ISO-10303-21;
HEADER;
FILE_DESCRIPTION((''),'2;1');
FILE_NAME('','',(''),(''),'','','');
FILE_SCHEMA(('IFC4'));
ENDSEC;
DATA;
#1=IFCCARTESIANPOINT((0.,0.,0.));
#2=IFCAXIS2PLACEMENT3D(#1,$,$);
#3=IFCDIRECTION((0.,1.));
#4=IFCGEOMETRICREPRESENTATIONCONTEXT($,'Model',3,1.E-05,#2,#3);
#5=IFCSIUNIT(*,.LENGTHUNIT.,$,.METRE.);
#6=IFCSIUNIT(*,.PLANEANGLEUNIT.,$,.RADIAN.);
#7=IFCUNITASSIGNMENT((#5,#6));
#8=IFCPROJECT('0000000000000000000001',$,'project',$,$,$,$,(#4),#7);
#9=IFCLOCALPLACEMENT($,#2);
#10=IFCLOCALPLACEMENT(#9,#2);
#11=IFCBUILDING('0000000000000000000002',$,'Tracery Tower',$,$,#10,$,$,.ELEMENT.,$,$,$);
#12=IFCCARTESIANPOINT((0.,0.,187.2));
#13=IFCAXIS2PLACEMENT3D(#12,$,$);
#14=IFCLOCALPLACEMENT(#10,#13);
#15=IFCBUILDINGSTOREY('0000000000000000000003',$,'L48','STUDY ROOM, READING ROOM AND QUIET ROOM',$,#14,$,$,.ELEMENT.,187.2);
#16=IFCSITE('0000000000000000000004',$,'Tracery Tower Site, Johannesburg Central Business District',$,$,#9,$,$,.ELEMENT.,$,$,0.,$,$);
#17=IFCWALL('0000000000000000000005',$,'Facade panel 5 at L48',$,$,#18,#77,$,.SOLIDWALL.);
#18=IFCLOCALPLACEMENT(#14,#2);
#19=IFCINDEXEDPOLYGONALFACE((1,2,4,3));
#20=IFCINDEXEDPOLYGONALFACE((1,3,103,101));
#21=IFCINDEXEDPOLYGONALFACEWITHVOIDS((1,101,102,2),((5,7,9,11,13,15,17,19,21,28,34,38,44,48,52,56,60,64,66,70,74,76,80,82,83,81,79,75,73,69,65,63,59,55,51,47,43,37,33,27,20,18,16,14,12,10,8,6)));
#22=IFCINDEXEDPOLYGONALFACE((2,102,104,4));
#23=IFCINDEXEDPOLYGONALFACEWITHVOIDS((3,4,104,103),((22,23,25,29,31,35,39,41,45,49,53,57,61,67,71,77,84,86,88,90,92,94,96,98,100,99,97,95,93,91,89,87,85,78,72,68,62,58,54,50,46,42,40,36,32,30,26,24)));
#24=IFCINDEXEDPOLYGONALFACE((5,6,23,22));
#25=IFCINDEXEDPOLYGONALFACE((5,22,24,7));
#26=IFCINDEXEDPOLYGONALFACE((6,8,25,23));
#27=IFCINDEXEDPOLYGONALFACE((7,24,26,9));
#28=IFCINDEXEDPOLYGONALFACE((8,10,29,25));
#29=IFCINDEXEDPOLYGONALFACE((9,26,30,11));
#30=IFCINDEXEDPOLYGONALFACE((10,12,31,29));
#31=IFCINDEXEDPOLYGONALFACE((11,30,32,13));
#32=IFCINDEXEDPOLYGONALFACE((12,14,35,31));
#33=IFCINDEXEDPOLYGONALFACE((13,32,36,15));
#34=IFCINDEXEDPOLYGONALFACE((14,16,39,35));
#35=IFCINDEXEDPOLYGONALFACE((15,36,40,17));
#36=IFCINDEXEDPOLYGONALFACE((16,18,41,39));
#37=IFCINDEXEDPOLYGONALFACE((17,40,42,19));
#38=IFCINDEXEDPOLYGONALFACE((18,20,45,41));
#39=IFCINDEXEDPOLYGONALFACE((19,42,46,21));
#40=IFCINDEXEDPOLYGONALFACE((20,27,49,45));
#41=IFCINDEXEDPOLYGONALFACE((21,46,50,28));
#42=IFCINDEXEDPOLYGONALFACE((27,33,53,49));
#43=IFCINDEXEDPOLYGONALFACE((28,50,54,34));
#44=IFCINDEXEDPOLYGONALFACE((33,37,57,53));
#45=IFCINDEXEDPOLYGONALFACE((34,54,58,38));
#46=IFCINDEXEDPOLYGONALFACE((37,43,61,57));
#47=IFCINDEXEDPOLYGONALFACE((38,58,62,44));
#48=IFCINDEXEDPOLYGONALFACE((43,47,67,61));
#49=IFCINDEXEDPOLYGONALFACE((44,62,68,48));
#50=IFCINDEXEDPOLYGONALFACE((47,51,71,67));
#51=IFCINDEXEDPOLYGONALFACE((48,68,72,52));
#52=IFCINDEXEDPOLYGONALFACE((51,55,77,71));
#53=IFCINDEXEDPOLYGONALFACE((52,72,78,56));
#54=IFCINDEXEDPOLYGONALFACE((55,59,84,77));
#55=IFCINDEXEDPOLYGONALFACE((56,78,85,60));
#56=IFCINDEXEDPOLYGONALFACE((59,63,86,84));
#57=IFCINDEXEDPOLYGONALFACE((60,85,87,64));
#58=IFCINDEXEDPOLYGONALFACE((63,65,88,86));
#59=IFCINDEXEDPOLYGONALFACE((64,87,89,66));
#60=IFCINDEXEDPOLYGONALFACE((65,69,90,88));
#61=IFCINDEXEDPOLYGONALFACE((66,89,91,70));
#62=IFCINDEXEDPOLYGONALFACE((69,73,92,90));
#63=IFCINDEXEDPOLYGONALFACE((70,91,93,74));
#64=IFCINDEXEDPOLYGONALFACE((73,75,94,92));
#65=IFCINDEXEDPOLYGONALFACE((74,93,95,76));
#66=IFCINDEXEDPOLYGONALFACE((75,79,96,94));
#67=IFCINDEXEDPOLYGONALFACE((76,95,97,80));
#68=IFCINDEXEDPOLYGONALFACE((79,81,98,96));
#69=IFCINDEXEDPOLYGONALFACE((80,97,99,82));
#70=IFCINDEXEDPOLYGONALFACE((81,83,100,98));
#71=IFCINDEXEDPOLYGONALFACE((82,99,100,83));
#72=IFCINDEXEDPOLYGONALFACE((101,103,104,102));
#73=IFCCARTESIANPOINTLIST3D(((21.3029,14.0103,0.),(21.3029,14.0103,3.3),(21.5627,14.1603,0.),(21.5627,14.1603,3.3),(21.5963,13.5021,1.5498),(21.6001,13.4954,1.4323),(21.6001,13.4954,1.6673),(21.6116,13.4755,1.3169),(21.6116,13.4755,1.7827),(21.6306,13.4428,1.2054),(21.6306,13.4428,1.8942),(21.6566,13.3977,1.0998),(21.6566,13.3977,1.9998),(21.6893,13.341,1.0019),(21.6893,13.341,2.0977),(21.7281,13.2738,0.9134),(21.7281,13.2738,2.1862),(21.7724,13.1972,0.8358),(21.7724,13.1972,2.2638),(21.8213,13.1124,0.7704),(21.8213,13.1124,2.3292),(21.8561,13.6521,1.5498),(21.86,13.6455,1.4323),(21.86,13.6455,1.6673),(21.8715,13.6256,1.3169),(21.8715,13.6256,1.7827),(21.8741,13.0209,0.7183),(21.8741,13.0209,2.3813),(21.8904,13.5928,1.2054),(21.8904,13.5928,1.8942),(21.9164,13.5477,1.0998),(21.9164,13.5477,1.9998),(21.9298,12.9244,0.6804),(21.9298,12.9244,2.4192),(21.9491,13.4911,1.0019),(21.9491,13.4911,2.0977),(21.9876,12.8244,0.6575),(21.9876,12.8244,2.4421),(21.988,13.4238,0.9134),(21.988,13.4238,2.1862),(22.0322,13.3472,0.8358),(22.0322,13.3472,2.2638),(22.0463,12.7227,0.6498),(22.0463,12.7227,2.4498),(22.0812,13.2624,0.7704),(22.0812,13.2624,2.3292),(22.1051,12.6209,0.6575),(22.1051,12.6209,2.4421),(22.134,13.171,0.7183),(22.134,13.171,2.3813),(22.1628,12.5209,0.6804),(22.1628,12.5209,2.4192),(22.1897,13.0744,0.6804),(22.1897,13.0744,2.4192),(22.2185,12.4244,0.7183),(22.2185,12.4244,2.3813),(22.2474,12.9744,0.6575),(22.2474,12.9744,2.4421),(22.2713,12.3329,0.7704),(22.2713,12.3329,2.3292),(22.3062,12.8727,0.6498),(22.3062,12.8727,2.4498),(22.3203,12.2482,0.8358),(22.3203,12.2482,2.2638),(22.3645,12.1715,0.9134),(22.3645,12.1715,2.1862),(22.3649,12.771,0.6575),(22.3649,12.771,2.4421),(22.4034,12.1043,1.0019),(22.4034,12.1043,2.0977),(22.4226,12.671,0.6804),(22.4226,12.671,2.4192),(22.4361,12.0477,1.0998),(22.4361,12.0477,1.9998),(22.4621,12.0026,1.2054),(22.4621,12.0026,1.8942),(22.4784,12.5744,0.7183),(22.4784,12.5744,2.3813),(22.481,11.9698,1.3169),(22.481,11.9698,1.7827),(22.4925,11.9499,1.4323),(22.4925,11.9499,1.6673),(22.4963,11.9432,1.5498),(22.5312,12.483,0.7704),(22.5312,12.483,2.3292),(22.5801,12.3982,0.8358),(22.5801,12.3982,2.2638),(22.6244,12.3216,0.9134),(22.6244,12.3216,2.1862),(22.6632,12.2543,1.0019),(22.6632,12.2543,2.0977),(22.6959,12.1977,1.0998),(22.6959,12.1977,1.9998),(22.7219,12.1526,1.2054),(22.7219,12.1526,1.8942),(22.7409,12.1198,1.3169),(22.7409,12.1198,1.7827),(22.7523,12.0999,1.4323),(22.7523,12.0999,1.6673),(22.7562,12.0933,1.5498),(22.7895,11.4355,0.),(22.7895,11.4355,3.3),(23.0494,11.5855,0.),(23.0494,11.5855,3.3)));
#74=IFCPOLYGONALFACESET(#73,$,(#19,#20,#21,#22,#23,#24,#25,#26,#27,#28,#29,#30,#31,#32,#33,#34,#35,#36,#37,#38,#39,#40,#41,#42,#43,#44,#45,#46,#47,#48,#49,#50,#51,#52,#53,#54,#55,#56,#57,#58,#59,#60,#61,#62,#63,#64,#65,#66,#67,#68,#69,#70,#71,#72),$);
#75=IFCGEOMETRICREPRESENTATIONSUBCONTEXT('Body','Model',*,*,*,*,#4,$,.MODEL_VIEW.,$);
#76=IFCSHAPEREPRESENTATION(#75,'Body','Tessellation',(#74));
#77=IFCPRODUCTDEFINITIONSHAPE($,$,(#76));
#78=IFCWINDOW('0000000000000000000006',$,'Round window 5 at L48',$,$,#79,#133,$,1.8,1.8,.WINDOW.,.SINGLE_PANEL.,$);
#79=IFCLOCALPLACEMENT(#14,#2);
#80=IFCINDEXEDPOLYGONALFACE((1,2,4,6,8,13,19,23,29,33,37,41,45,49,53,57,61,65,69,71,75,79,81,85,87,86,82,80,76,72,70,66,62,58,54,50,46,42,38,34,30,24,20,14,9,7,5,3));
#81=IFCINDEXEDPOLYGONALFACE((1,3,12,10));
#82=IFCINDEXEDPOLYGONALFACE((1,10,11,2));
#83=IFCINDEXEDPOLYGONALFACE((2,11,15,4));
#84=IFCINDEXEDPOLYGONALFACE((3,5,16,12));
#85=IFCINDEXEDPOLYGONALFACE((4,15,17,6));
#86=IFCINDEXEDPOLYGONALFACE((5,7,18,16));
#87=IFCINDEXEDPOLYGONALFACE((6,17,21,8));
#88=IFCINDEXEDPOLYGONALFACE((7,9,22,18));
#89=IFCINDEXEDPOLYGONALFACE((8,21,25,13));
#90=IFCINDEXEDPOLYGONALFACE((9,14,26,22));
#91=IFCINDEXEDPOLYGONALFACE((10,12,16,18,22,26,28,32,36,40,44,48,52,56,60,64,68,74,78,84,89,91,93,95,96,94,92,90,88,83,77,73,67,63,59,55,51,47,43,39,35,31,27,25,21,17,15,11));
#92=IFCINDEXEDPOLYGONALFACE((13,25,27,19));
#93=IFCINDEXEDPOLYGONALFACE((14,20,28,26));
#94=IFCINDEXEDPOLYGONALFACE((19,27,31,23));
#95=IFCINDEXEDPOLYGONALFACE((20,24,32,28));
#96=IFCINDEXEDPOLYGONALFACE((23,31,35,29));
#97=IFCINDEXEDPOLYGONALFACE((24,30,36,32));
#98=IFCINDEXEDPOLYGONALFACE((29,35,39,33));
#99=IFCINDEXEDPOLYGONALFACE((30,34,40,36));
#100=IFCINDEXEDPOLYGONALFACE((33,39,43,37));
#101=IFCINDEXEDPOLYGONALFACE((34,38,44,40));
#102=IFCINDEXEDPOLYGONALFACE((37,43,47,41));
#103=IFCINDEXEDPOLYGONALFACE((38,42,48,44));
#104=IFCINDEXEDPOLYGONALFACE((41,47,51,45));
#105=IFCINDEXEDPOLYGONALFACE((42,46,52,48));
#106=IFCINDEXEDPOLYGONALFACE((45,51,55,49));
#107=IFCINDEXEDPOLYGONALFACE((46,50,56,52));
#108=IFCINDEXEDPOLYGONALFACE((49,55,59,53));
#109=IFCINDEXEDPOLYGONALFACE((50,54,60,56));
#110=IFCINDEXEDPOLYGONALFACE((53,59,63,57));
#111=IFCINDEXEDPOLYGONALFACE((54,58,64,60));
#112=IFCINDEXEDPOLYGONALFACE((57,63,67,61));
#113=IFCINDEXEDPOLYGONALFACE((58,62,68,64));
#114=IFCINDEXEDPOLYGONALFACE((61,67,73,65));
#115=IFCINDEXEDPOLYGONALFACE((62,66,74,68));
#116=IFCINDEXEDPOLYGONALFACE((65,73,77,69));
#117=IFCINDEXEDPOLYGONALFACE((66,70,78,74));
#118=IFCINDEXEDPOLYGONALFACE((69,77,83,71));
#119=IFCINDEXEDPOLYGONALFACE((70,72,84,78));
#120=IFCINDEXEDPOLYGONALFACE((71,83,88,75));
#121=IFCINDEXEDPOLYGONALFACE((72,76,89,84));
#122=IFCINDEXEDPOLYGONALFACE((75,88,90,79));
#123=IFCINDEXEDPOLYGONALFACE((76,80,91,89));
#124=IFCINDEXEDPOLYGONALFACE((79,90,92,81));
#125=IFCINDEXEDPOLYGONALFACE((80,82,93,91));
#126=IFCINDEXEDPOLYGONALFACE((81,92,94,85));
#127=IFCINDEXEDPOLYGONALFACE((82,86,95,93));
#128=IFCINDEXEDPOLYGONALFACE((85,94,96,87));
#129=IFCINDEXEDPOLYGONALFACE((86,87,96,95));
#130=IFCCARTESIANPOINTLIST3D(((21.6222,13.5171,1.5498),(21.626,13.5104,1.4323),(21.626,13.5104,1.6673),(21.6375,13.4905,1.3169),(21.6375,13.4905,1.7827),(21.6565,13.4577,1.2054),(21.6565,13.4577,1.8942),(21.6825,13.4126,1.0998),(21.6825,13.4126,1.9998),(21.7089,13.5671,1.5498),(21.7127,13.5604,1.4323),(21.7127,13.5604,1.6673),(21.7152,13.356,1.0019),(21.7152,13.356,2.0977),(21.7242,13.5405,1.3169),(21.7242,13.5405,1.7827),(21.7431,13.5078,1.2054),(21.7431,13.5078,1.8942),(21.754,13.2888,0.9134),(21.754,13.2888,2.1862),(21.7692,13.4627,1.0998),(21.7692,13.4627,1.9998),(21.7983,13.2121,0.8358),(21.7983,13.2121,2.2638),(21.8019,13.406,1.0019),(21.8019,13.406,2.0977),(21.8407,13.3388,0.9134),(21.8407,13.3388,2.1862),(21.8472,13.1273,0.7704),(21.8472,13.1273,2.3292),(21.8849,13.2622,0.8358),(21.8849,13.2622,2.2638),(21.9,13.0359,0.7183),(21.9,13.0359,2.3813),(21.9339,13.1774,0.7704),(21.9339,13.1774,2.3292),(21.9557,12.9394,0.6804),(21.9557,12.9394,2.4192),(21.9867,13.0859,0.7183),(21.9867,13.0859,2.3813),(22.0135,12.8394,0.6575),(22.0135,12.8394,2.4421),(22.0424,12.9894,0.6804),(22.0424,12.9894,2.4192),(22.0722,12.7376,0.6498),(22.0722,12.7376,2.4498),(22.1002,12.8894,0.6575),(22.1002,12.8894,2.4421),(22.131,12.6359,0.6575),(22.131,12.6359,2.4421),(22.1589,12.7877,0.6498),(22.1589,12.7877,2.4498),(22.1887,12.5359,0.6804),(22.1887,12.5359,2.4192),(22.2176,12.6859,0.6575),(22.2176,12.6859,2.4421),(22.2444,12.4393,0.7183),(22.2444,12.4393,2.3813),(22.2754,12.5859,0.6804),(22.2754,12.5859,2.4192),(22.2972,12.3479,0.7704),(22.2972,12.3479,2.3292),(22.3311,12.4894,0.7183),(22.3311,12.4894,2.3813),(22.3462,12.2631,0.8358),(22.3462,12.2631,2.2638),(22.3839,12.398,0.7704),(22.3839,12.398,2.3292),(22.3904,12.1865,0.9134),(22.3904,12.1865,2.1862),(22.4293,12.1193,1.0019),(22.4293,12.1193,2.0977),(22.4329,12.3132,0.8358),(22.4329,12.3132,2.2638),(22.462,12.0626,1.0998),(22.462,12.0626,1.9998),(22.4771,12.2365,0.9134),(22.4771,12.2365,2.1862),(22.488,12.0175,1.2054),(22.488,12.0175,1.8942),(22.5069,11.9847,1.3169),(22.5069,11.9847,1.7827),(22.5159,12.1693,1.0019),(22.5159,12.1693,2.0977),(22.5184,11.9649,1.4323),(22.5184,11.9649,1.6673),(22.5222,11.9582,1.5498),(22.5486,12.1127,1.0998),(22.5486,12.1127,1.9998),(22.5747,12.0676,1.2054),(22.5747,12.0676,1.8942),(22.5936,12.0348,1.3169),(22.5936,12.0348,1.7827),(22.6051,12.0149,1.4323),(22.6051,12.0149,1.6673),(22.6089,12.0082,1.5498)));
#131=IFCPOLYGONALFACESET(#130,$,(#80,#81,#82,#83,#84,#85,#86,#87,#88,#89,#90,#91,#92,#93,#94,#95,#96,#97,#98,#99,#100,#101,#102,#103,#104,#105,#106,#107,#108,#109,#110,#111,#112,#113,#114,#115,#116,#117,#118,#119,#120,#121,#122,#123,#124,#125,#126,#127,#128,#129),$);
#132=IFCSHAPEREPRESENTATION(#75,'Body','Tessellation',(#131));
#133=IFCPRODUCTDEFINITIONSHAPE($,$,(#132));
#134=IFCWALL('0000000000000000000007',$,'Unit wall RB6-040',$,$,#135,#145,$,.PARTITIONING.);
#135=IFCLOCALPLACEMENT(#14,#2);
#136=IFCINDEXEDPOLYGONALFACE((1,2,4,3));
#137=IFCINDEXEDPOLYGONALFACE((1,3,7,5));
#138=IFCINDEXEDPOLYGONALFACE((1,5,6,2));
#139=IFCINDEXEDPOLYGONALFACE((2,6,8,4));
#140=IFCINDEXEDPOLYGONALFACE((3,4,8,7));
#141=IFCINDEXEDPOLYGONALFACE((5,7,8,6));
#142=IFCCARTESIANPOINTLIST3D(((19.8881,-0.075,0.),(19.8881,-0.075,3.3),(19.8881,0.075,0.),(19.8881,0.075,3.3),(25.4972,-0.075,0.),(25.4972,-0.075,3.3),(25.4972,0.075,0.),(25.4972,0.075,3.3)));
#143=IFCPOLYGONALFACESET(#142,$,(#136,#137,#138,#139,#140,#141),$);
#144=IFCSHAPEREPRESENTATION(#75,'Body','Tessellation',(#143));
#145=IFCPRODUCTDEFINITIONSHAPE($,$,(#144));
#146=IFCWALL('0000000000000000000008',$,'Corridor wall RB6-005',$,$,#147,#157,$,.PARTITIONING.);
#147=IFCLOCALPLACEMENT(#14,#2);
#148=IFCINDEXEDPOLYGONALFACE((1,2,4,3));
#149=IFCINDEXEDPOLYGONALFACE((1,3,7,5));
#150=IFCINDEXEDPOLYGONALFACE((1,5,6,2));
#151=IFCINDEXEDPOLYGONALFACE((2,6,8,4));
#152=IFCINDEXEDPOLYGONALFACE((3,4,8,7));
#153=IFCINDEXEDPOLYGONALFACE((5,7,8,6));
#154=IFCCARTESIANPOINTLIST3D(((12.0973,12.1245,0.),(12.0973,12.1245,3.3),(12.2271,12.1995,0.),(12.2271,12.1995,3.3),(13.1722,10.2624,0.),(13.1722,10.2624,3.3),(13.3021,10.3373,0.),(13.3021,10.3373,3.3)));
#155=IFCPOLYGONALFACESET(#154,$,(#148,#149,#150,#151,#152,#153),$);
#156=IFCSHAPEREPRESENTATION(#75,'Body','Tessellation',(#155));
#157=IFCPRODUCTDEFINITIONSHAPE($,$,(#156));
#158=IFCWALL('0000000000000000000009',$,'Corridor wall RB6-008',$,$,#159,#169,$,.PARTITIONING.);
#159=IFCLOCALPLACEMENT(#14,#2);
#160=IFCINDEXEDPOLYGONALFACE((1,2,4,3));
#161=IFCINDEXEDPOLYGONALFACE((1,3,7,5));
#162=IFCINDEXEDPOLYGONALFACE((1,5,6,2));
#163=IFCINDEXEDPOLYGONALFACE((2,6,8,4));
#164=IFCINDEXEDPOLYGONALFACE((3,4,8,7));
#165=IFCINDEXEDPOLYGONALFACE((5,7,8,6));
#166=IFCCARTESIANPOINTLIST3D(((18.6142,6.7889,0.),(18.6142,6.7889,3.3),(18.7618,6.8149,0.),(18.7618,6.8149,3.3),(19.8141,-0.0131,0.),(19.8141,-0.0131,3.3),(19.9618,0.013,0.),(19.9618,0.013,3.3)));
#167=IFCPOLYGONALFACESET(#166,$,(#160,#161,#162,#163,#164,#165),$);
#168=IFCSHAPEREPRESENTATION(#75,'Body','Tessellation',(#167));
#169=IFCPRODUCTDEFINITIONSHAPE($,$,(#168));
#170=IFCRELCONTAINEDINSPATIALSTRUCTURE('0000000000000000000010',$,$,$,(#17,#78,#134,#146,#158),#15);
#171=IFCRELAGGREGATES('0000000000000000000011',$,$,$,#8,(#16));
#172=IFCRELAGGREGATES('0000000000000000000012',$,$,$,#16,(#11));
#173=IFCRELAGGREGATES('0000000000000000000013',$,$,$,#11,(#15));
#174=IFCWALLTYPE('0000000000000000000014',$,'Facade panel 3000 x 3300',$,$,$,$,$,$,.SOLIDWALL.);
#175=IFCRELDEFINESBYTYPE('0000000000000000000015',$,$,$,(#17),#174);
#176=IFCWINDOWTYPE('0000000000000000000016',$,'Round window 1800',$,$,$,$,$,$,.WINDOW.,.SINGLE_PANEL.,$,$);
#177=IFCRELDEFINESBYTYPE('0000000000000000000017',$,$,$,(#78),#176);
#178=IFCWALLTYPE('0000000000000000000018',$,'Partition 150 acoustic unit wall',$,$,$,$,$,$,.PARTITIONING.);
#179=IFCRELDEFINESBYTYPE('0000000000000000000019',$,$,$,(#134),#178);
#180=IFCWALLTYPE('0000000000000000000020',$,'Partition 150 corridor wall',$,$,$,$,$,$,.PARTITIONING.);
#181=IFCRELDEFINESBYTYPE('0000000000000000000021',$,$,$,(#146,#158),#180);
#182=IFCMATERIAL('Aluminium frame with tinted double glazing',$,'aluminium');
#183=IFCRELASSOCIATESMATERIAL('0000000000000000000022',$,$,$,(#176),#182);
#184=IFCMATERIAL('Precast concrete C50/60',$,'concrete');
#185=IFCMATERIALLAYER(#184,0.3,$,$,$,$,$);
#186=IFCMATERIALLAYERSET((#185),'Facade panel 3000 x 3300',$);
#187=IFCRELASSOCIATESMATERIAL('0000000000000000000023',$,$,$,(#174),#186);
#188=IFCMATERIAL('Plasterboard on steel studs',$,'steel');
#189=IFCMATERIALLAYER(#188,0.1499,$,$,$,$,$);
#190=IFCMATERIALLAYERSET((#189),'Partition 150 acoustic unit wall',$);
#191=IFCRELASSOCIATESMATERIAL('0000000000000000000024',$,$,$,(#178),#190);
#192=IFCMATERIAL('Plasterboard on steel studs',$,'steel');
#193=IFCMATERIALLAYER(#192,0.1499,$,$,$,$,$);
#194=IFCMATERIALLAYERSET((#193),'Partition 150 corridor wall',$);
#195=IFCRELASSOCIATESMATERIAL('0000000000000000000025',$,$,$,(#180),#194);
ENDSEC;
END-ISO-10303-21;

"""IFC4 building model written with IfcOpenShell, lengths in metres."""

from ifc_helpers import new_model, si_unit, direction, frame, frame_2d, origin, origin_2d, place, context, subcontext, project, spatial, rectangle, circle, extrude, material, layer, layer_set, type_object, element, fill, save


model = new_model("IFC4")

# Units and contexts
model_context = context("Model", 3, precision=1e-05, world=origin(), true_north=direction((0.0, 1.0)))
body_context = subcontext(model_context, "Body", "Model", "MODEL_VIEW")
ifc_project = project(units=[si_unit("LENGTHUNIT", "METRE"), si_unit("PLANEANGLEUNIT", "RADIAN")], contexts=[model_context])

# Site, building, storey
site_placement = place(None, origin())
site = spatial("IfcSite", under=ifc_project, at=site_placement, Name="Tracery Tower Site, Johannesburg Central Business District", CompositionType="ELEMENT", RefElevation=0.0)
building_placement = place(site_placement, origin())
building = spatial("IfcBuilding", under=site, at=building_placement, Name="Tracery Tower", CompositionType="ELEMENT")
storey_placement = place(building_placement, frame((0.0, 0.0, 187.2)))
storey = spatial("IfcBuildingStorey", under=building, at=storey_placement, Name="L48", Description="STUDY ROOM, READING ROOM AND QUIET ROOM", CompositionType="ELEMENT", Elevation=187.2)

# Wall, opening, window
ifc_material_1 = material(Name="Aluminium frame with tinted double glazing", Category="aluminium")
window_type = type_object("IfcWindowType", Name="Round window 1800", PartitioningType="SINGLE_PANEL", PredefinedType="WINDOW", material=ifc_material_1)
ifc_material_2 = material(Name="Precast concrete C50/60", Category="concrete")
ifc_layer_1 = layer(ifc_material_2, 0.3)
ifc_layer_set_1 = layer_set([ifc_layer_1], Name="Facade panel 3000 x 3300")
wall_type_1 = type_object("IfcWallType", Name="Facade panel 3000 x 3300", PredefinedType="SOLIDWALL", material=ifc_layer_set_1)
wall_1_placement = place(storey_placement, frame((22.9194, 11.5105, 0.0), z_axis=(0.0, 0.0, 1.0), x_axis=(-0.500016, 0.866016, 0.0)))
wall_1 = element("IfcWall", 1, at=wall_1_placement, inside=storey, type_object=wall_type_1, Name="Facade panel 5 at L48", PredefinedType="SOLIDWALL", context=body_context, shape_type="SweptSolid", body=[
    extrude(rectangle(XDim=2.9731, YDim=0.3, at=frame_2d((1.4866, 0.0))), origin(), (0.0, 0.0, 1.0), 3.3),
])
opening_1_placement = place(wall_1_placement, frame((1.4863, 0.0, 1.5498)))
opening_1 = element("IfcOpeningElement", 2, at=opening_1_placement, cuts=wall_1, PredefinedType="OPENING", context=body_context, shape_type="SweptSolid", body=[
    extrude(circle(Radius=0.9, at=origin_2d()), frame((0.0, 0.1599, 0.0), z_axis=(0.0, -1.0, 0.0), x_axis=(1.0, 0.0, 0.0)), (0.0, 0.0, 1.0), 0.3201),
])
window_1_placement = place(opening_1_placement, origin())
window_1 = element("IfcWindow", 3, at=window_1_placement, inside=storey, type_object=window_type, Name="Round window 5 at L48", OverallHeight=1.8, OverallWidth=1.8, PartitioningType="SINGLE_PANEL", PredefinedType="WINDOW", context=body_context, shape_type="SweptSolid", body=[
    extrude(circle(Radius=0.9, at=origin_2d()), frame((0.0, 0.1201, 0.0), z_axis=(0.0, -1.0, 0.0), x_axis=(1.0, 0.0, 0.0)), (0.0, 0.0, 1.0), 0.1001),
])
fill(opening_1, window_1)

# Walls
ifc_material_3 = material(Name="Plasterboard on steel studs", Category="steel")
ifc_layer_2 = layer(ifc_material_3, 0.1499)
ifc_layer_set_2 = layer_set([ifc_layer_2], Name="Partition 150 acoustic unit wall")
wall_type_2 = type_object("IfcWallType", Name="Partition 150 acoustic unit wall", PredefinedType="PARTITIONING", material=ifc_layer_set_2)
wall_2_placement = place(storey_placement, frame((19.8879, 0.0, 0.0), z_axis=(0.0, 0.0, 1.0), x_axis=(1.0, 0.0, 0.0)))
element("IfcWall", 4, at=wall_2_placement, inside=storey, type_object=wall_type_2, Name="Unit wall RB6-040", PredefinedType="PARTITIONING", context=body_context, shape_type="SweptSolid", body=[
    extrude(rectangle(XDim=5.6091, YDim=0.1499, at=frame_2d((2.8047, 0.0))), origin(), (0.0, 0.0, 1.0), 3.3),
])
ifc_material_4 = material(Name="Plasterboard on steel studs", Category="steel")
ifc_layer_3 = layer(ifc_material_4, 0.1499)
ifc_layer_set_3 = layer_set([ifc_layer_3], Name="Partition 150 corridor wall")
wall_type_3 = type_object("IfcWallType", Name="Partition 150 corridor wall", PredefinedType="PARTITIONING", material=ifc_layer_set_3)
wall_3_placement = place(storey_placement, frame((12.1621, 12.1621, 0.0), z_axis=(0.0, 0.0, 1.0), x_axis=(0.499962, -0.866048, 0.0)))
element("IfcWall", 5, at=wall_3_placement, inside=storey, type_object=wall_type_3, Name="Corridor wall RB6-005", PredefinedType="PARTITIONING", context=body_context, shape_type="SweptSolid", body=[
    extrude(rectangle(XDim=2.1501, YDim=0.1499, at=frame_2d((1.0752, 0.0))), origin(), (0.0, 0.0, 1.0), 3.3),
])
wall_4_placement = place(storey_placement, frame((18.688, 6.802, 0.0), z_axis=(0.0, 0.0, 1.0), x_axis=(0.173729, -0.984794, 0.0)))
element("IfcWall", 6, at=wall_4_placement, inside=storey, type_object=wall_type_3, Name="Corridor wall RB6-008", PredefinedType="PARTITIONING", context=body_context, shape_type="SweptSolid", body=[
    extrude(rectangle(XDim=6.907, YDim=0.1499, at=frame_2d((3.4536, 0.0))), origin(), (0.0, 0.0, 1.0), 3.3),
])

save(model, "model.ifc")
